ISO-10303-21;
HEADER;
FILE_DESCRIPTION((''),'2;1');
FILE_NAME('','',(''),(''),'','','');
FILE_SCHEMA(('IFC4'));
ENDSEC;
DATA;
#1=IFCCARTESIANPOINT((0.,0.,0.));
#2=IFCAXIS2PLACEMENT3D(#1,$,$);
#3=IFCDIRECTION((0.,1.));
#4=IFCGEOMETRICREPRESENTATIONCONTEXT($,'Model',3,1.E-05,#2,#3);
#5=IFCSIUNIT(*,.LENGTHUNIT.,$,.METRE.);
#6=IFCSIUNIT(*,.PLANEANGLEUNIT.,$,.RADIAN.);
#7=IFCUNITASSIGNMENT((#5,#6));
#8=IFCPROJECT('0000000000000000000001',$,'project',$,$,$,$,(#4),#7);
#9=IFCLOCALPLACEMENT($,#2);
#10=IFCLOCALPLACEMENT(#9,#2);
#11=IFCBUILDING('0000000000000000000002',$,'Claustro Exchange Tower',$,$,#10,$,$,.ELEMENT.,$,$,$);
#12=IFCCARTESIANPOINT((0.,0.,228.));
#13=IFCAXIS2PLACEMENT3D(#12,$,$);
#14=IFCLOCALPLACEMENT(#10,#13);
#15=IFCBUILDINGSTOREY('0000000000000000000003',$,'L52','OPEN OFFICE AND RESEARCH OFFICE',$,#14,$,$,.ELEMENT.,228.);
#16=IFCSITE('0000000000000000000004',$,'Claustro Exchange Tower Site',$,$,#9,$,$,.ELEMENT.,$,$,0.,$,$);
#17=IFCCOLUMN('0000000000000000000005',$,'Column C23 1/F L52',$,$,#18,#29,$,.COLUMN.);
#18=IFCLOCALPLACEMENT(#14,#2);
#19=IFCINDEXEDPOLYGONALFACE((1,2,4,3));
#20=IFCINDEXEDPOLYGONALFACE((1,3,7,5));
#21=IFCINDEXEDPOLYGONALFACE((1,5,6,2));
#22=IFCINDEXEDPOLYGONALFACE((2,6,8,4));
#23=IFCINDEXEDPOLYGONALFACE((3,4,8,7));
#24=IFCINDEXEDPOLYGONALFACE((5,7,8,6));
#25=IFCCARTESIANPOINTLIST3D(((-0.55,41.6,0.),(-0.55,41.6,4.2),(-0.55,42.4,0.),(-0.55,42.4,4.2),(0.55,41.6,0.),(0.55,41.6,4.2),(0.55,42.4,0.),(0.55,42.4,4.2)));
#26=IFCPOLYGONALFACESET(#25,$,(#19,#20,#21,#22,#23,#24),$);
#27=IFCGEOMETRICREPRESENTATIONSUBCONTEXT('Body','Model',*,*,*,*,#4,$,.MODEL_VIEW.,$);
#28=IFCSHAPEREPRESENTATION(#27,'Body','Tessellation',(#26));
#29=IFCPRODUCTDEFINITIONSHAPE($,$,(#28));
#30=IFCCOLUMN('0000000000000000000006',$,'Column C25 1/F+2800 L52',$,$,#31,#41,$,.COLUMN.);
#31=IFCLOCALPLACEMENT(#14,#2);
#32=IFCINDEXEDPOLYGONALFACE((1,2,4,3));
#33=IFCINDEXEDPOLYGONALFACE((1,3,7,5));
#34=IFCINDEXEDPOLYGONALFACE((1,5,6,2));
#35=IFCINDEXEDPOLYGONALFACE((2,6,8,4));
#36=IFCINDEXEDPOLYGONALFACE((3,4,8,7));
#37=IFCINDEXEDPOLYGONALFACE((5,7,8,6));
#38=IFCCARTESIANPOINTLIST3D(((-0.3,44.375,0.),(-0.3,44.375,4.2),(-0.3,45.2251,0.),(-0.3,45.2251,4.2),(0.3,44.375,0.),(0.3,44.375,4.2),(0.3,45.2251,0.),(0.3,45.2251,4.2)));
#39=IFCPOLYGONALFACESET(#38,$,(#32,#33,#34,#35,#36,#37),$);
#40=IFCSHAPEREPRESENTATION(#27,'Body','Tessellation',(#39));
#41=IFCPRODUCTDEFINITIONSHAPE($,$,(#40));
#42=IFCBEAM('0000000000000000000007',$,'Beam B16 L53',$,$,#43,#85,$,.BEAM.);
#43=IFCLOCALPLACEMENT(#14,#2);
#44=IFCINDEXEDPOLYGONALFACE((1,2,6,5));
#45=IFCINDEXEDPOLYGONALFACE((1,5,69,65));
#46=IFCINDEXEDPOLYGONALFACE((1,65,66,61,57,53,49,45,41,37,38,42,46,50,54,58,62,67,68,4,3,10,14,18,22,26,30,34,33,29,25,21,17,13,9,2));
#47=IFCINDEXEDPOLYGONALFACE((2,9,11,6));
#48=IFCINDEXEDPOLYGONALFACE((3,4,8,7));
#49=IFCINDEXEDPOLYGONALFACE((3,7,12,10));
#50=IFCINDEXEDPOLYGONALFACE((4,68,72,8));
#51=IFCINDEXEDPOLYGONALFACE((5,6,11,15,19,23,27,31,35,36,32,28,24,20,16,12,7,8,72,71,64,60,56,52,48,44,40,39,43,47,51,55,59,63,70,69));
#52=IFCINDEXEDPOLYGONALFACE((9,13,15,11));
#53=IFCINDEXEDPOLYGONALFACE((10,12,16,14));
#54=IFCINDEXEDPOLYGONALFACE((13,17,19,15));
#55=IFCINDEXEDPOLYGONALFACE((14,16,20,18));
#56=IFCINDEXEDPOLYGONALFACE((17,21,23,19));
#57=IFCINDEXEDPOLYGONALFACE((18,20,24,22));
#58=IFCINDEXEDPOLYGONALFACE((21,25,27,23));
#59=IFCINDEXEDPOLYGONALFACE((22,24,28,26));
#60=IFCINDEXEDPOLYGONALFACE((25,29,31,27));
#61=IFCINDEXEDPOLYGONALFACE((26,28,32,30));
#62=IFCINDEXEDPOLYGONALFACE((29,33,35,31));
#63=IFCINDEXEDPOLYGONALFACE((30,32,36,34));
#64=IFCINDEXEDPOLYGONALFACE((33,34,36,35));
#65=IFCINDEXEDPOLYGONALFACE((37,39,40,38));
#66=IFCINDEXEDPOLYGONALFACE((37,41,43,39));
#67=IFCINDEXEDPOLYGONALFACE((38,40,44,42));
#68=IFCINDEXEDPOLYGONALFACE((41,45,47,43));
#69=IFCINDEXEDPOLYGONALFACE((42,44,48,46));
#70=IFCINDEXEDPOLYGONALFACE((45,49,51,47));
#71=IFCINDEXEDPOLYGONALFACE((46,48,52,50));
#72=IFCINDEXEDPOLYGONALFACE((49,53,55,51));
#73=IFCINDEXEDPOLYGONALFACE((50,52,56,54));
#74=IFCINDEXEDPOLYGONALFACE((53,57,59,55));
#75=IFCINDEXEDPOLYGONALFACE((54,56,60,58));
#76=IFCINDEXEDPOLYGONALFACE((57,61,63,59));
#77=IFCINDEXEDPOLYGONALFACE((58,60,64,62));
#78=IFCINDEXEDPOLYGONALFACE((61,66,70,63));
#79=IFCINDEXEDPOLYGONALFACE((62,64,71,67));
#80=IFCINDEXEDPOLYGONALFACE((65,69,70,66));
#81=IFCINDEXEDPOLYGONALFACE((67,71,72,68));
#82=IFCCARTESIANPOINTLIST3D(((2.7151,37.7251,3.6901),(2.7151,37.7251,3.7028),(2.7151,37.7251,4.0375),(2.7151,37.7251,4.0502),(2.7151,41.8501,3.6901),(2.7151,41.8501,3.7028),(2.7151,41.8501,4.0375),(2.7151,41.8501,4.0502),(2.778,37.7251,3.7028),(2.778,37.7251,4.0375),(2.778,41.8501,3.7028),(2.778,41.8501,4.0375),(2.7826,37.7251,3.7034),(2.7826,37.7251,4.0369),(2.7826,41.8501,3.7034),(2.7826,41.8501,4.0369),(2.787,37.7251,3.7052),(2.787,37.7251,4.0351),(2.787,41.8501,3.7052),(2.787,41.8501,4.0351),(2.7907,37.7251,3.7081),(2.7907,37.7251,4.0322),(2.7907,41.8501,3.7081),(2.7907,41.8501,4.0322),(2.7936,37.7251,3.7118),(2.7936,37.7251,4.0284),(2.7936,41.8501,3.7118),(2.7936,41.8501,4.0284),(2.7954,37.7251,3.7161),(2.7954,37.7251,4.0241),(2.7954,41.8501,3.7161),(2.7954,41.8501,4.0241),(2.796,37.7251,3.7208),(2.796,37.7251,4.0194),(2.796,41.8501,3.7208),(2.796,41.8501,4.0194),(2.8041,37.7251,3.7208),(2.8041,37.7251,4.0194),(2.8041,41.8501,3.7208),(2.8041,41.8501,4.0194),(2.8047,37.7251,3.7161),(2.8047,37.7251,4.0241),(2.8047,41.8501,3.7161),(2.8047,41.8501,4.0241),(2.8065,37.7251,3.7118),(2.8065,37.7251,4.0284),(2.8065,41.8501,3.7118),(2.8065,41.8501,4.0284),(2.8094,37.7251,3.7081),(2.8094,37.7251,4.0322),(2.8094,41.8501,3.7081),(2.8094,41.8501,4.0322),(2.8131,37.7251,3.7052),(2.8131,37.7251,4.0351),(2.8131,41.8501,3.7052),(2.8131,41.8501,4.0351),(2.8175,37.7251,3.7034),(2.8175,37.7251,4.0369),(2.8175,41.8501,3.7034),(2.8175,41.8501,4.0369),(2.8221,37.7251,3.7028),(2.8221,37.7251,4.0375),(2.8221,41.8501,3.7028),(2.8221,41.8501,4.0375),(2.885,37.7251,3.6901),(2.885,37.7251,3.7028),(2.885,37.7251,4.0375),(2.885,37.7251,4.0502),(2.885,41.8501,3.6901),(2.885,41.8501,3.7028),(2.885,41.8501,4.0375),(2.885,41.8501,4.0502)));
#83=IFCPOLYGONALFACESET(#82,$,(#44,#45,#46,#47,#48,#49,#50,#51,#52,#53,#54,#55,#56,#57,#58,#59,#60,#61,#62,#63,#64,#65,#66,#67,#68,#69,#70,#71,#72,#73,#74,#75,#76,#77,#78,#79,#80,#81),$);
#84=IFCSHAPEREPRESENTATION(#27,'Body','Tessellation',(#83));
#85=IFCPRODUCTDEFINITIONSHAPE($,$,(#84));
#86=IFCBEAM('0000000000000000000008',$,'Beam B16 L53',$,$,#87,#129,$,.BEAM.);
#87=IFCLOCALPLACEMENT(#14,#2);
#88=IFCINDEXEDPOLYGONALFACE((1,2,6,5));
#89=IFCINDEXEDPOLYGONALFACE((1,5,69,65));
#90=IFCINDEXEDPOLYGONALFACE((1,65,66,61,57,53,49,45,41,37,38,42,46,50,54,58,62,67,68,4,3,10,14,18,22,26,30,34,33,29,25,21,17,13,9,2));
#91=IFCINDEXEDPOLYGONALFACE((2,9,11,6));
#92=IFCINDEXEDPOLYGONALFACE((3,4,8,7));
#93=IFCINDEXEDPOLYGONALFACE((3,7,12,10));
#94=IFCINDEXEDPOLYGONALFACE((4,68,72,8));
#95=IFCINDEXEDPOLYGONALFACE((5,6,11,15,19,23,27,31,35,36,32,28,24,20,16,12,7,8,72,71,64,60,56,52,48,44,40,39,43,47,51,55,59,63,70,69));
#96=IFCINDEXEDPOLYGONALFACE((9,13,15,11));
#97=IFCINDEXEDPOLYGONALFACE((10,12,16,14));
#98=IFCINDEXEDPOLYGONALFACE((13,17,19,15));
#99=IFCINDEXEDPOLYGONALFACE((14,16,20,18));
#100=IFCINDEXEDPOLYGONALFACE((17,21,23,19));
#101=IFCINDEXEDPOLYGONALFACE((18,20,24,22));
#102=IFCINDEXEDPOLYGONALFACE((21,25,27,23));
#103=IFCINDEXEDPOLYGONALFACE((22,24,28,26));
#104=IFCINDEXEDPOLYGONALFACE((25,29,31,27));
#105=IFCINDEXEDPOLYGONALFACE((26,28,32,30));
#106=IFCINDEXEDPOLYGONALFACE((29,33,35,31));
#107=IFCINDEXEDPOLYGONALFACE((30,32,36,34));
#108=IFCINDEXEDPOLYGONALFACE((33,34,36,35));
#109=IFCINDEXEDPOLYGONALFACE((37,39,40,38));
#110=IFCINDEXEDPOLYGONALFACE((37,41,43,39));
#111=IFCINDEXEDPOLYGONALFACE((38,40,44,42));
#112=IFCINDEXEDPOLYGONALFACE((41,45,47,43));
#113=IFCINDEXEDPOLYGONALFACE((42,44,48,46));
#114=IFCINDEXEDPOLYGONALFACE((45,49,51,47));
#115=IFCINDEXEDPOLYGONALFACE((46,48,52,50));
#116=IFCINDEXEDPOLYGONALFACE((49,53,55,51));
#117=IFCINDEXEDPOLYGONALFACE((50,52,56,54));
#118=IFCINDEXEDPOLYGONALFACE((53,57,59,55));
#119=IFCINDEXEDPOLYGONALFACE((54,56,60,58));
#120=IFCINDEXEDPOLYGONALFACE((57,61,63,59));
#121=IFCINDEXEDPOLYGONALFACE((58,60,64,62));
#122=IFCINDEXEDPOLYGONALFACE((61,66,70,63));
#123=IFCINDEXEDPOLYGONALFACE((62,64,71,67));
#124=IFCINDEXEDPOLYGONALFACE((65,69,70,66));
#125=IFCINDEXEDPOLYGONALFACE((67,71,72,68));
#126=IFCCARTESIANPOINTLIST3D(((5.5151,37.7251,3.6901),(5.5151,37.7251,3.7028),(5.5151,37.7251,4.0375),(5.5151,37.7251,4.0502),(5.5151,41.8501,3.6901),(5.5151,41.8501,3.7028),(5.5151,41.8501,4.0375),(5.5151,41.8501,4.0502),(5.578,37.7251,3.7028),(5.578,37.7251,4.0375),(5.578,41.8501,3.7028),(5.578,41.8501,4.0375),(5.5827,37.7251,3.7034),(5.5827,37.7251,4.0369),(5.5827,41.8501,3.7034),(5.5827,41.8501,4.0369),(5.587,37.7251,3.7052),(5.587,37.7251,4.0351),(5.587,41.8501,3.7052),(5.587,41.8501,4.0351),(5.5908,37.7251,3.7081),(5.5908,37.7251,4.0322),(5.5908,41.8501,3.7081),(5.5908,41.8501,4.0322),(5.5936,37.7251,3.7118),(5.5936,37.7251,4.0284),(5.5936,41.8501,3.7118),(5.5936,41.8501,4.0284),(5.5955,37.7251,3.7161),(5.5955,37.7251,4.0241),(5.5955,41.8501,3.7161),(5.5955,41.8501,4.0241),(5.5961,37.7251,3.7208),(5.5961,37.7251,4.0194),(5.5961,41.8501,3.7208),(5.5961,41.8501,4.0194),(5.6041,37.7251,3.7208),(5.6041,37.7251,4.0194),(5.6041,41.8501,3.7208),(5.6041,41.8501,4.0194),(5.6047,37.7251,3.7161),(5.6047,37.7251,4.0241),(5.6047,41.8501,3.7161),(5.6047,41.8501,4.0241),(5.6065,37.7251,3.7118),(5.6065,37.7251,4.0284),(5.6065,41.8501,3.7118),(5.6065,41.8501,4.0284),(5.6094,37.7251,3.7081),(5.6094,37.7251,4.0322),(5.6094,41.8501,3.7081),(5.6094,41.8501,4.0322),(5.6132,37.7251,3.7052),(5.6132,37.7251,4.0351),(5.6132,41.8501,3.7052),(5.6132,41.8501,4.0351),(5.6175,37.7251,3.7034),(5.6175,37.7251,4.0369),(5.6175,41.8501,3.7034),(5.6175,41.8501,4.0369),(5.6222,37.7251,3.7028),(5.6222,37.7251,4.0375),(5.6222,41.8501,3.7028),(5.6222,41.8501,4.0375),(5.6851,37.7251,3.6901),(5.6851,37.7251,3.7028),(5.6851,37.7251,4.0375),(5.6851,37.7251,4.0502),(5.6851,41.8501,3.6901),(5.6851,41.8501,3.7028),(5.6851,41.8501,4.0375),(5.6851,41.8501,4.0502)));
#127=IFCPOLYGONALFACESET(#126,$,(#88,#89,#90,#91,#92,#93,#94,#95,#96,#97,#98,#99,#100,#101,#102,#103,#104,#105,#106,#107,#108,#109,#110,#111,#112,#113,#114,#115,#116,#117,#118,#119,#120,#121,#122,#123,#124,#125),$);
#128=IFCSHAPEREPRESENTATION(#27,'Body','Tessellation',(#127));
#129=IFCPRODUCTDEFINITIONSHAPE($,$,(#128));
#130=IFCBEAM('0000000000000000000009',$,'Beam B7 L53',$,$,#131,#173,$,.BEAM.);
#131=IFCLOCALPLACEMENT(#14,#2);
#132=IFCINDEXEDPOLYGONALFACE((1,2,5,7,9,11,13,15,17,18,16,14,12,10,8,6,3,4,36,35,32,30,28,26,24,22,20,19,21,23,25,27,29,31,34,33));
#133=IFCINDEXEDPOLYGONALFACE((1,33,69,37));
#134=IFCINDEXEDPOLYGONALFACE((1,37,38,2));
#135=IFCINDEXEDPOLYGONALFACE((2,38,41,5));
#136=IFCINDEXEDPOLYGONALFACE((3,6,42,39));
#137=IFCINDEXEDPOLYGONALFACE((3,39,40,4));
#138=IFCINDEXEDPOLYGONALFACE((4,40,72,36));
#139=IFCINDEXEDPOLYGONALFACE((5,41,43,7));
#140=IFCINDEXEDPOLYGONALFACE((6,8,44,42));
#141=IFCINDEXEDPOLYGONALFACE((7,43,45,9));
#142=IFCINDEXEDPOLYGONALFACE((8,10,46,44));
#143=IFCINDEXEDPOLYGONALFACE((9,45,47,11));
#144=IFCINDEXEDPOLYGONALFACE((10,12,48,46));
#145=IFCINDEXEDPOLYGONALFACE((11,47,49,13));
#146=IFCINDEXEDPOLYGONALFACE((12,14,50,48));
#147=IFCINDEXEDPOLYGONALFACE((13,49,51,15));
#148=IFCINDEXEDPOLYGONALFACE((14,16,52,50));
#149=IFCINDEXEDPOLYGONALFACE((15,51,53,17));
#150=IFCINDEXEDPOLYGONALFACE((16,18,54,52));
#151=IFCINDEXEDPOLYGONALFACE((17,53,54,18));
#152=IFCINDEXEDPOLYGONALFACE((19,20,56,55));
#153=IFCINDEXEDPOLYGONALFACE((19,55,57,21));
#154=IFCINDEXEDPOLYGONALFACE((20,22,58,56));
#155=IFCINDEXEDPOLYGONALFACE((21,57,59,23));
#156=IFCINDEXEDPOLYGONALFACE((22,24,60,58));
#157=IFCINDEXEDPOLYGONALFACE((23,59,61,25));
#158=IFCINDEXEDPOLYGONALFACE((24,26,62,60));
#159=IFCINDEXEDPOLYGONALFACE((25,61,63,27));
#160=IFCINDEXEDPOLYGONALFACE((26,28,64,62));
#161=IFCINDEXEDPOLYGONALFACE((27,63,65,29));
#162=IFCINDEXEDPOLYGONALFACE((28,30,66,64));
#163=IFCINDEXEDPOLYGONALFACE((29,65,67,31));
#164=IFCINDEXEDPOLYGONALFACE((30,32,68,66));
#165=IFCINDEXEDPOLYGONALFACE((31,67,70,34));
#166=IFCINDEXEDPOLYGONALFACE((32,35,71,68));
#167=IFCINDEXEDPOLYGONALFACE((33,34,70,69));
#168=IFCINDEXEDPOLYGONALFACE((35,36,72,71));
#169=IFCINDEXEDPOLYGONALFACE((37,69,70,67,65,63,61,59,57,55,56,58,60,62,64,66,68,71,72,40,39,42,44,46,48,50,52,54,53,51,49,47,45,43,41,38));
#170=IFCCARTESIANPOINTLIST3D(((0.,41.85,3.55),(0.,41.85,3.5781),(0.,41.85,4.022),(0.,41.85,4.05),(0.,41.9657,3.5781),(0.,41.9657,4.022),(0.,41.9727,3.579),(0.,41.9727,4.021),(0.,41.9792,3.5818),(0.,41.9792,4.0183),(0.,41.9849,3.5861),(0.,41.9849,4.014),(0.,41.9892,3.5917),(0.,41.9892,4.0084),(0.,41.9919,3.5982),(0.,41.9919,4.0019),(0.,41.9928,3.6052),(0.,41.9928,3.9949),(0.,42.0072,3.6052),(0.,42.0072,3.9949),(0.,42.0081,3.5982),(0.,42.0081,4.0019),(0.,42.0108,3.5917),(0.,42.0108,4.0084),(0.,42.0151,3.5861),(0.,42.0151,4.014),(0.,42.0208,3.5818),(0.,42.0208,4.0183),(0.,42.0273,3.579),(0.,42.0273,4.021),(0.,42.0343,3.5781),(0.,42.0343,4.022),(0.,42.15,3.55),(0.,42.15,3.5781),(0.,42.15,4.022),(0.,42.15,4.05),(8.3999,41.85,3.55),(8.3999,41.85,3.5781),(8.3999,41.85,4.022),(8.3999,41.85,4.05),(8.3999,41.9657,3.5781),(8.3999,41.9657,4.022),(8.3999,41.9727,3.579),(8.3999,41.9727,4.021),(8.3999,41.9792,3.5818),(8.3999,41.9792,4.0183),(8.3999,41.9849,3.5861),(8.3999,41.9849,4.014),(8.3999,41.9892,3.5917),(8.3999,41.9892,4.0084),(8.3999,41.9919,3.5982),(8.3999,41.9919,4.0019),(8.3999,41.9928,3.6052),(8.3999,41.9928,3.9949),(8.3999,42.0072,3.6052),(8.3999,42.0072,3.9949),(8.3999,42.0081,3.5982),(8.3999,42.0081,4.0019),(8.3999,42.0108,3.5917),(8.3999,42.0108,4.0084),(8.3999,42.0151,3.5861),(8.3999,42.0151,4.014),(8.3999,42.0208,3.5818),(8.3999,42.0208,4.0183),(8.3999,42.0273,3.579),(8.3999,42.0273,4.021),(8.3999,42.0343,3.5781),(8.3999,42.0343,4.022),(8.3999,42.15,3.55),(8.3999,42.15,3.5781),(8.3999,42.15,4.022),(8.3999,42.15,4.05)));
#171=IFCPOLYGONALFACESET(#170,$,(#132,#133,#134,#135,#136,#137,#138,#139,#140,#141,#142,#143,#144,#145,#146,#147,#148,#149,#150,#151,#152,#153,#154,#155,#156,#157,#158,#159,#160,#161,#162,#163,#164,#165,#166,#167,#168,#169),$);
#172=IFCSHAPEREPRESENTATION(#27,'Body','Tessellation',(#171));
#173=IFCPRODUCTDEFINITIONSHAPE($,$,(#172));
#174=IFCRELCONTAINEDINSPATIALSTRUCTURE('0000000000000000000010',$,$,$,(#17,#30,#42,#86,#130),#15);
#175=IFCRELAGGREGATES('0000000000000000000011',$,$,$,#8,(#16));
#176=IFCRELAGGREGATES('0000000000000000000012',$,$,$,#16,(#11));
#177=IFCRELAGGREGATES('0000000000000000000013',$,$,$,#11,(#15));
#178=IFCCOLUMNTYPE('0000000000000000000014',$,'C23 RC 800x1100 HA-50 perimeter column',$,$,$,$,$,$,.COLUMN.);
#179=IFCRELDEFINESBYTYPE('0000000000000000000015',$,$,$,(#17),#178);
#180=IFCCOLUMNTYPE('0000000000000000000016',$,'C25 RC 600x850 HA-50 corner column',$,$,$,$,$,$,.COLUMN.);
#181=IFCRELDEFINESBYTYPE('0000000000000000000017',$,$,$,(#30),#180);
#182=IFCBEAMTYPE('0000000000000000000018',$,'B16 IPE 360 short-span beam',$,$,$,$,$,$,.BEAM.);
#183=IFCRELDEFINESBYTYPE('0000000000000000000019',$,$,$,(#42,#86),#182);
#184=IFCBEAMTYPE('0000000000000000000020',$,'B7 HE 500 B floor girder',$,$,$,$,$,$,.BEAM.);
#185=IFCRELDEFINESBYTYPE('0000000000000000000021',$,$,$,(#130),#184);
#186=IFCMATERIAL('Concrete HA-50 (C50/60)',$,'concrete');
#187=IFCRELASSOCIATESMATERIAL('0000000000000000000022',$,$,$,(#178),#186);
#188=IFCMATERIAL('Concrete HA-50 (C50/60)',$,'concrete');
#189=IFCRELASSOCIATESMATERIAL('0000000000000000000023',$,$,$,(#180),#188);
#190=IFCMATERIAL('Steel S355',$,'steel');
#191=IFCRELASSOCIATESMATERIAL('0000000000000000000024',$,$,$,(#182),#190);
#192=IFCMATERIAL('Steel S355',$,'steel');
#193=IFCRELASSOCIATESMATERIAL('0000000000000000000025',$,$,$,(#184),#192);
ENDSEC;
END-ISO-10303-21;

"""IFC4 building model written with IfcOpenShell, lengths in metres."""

from ifc_helpers import new_model, si_unit, direction, frame, origin, origin_2d, place, context, subcontext, project, spatial, rectangle, i_section, extrude, material, material_profile, profile_set, type_object, element, save


model = new_model("IFC4")

# Units and contexts
model_context = context("Model", 3, precision=1e-05, world=origin(), true_north=direction((0.0, 1.0)))
body_context = subcontext(model_context, "Body", "Model", "MODEL_VIEW")
ifc_project = project(units=[si_unit("LENGTHUNIT", "METRE"), si_unit("PLANEANGLEUNIT", "RADIAN")], contexts=[model_context])

# Site, building, storey
site_placement = place(None, origin())
site = spatial("IfcSite", under=ifc_project, at=site_placement, Name="Claustro Exchange Tower Site", CompositionType="ELEMENT", RefElevation=0.0)
building_placement = place(site_placement, origin())
building = spatial("IfcBuilding", under=site, at=building_placement, Name="Claustro Exchange Tower", CompositionType="ELEMENT")
storey_placement = place(building_placement, frame((0.0, 0.0, 228.0)))
storey = spatial("IfcBuildingStorey", under=building, at=storey_placement, Name="L52", Description="OPEN OFFICE AND RESEARCH OFFICE", CompositionType="ELEMENT", Elevation=228.0)

# Columns
ifc_material_1 = material(Name="Concrete HA-50 (C50/60)", Category="concrete")
ifc_material_profile_1 = material_profile(ifc_material_1, rectangle(XDim=0.8, YDim=1.1001, at=origin_2d()), Name="RC 800x1100")
ifc_profile_set_1 = profile_set([ifc_material_profile_1], Name="Concrete HA-50 (C50/60)")
column_type_1 = type_object("IfcColumnType", Name="C23 RC 800x1100 HA-50 perimeter column", PredefinedType="COLUMN", material=ifc_profile_set_1)
column_1_placement = place(storey_placement, frame((0.0, 42.0, 0.0), z_axis=(0.0, 0.0, 1.0), x_axis=(0.0, 1.0, 0.0)))
element("IfcColumn", 1, at=column_1_placement, inside=storey, type_object=column_type_1, Name="Column C23 1/F L52", PredefinedType="COLUMN", context=body_context, shape_type="SweptSolid", body=[
    extrude(rectangle(XDim=0.8, YDim=1.1001, at=origin_2d()), origin(), (0.0, 0.0, 1.0), 4.2),
])
ifc_material_2 = material(Name="Concrete HA-50 (C50/60)", Category="concrete")
ifc_material_profile_2 = material_profile(ifc_material_2, rectangle(XDim=0.6001, YDim=0.8501, at=origin_2d()), Name="RC 600x850")
ifc_profile_set_2 = profile_set([ifc_material_profile_2], Name="Concrete HA-50 (C50/60)")
column_type_2 = type_object("IfcColumnType", Name="C25 RC 600x850 HA-50 corner column", PredefinedType="COLUMN", material=ifc_profile_set_2)
column_2_placement = place(storey_placement, frame((0.0, 44.8, 0.0), z_axis=(0.0, 0.0, 1.0), x_axis=(1.0, 0.0, 0.0)))
element("IfcColumn", 2, at=column_2_placement, inside=storey, type_object=column_type_2, Name="Column C25 1/F+2800 L52", PredefinedType="COLUMN", context=body_context, shape_type="SweptSolid", body=[
    extrude(rectangle(XDim=0.6001, YDim=0.8501, at=origin_2d()), origin(), (0.0, 0.0, 1.0), 4.2),
])

# Beams
ifc_material_3 = material(Name="Steel S355", Category="steel")
ifc_material_profile_3 = material_profile(ifc_material_3, i_section(OverallWidth=0.1699, OverallDepth=0.3601, WebThickness=0.0081, FlangeThickness=0.0127, FilletRadius=0.0181, at=origin_2d()), Name="IPE 360")
ifc_profile_set_3 = profile_set([ifc_material_profile_3], Name="Steel S355")
beam_type_1 = type_object("IfcBeamType", Name="B16 IPE 360 short-span beam", PredefinedType="BEAM", material=ifc_profile_set_3)
for number, where, z_axis, x_axis, name in (
    (3, (2.8, 37.7251, 3.8701), (0.0, 1.0, 0.0), (-1.0, 0.0, 0.0), "Beam B16 L53"),
    (4, (5.6001, 37.7251, 3.8701), (0.0, 1.0, 0.0), (-1.0, 0.0, 0.0), "Beam B16 L53"),
):
    element("IfcBeam", number, at=place(storey_placement, frame(where, z_axis=z_axis, x_axis=x_axis)), inside=storey, type_object=beam_type_1, Name=name, PredefinedType="BEAM", context=body_context, shape_type="SweptSolid", body=[
        extrude(i_section(OverallWidth=0.1699, OverallDepth=0.3601, WebThickness=0.0081, FlangeThickness=0.0127, FilletRadius=0.0181, at=origin_2d()), origin(), (0.0, 0.0, 1.0), 4.125),
    ])
ifc_material_4 = material(Name="Steel S355", Category="steel")
ifc_material_profile_4 = material_profile(ifc_material_4, i_section(OverallWidth=0.3, OverallDepth=0.5, WebThickness=0.0144, FlangeThickness=0.0281, FilletRadius=0.0271, at=origin_2d()), Name="HE 500 B")
ifc_profile_set_4 = profile_set([ifc_material_profile_4], Name="Steel S355")
beam_type_2 = type_object("IfcBeamType", Name="B7 HE 500 B floor girder", PredefinedType="BEAM", material=ifc_profile_set_4)
beam_1_placement = place(storey_placement, frame((0.0, 42.0, 3.8), z_axis=(1.0, 0.0, 0.0), x_axis=(0.0, 1.0, 0.0)))
element("IfcBeam", 5, at=beam_1_placement, inside=storey, type_object=beam_type_2, Name="Beam B7 L53", PredefinedType="BEAM", context=body_context, shape_type="SweptSolid", body=[
    extrude(i_section(OverallWidth=0.3, OverallDepth=0.5, WebThickness=0.0144, FlangeThickness=0.0281, FilletRadius=0.0271, at=origin_2d()), origin(), (0.0, 0.0, 1.0), 8.3999),
])

save(model, "model.ifc")
